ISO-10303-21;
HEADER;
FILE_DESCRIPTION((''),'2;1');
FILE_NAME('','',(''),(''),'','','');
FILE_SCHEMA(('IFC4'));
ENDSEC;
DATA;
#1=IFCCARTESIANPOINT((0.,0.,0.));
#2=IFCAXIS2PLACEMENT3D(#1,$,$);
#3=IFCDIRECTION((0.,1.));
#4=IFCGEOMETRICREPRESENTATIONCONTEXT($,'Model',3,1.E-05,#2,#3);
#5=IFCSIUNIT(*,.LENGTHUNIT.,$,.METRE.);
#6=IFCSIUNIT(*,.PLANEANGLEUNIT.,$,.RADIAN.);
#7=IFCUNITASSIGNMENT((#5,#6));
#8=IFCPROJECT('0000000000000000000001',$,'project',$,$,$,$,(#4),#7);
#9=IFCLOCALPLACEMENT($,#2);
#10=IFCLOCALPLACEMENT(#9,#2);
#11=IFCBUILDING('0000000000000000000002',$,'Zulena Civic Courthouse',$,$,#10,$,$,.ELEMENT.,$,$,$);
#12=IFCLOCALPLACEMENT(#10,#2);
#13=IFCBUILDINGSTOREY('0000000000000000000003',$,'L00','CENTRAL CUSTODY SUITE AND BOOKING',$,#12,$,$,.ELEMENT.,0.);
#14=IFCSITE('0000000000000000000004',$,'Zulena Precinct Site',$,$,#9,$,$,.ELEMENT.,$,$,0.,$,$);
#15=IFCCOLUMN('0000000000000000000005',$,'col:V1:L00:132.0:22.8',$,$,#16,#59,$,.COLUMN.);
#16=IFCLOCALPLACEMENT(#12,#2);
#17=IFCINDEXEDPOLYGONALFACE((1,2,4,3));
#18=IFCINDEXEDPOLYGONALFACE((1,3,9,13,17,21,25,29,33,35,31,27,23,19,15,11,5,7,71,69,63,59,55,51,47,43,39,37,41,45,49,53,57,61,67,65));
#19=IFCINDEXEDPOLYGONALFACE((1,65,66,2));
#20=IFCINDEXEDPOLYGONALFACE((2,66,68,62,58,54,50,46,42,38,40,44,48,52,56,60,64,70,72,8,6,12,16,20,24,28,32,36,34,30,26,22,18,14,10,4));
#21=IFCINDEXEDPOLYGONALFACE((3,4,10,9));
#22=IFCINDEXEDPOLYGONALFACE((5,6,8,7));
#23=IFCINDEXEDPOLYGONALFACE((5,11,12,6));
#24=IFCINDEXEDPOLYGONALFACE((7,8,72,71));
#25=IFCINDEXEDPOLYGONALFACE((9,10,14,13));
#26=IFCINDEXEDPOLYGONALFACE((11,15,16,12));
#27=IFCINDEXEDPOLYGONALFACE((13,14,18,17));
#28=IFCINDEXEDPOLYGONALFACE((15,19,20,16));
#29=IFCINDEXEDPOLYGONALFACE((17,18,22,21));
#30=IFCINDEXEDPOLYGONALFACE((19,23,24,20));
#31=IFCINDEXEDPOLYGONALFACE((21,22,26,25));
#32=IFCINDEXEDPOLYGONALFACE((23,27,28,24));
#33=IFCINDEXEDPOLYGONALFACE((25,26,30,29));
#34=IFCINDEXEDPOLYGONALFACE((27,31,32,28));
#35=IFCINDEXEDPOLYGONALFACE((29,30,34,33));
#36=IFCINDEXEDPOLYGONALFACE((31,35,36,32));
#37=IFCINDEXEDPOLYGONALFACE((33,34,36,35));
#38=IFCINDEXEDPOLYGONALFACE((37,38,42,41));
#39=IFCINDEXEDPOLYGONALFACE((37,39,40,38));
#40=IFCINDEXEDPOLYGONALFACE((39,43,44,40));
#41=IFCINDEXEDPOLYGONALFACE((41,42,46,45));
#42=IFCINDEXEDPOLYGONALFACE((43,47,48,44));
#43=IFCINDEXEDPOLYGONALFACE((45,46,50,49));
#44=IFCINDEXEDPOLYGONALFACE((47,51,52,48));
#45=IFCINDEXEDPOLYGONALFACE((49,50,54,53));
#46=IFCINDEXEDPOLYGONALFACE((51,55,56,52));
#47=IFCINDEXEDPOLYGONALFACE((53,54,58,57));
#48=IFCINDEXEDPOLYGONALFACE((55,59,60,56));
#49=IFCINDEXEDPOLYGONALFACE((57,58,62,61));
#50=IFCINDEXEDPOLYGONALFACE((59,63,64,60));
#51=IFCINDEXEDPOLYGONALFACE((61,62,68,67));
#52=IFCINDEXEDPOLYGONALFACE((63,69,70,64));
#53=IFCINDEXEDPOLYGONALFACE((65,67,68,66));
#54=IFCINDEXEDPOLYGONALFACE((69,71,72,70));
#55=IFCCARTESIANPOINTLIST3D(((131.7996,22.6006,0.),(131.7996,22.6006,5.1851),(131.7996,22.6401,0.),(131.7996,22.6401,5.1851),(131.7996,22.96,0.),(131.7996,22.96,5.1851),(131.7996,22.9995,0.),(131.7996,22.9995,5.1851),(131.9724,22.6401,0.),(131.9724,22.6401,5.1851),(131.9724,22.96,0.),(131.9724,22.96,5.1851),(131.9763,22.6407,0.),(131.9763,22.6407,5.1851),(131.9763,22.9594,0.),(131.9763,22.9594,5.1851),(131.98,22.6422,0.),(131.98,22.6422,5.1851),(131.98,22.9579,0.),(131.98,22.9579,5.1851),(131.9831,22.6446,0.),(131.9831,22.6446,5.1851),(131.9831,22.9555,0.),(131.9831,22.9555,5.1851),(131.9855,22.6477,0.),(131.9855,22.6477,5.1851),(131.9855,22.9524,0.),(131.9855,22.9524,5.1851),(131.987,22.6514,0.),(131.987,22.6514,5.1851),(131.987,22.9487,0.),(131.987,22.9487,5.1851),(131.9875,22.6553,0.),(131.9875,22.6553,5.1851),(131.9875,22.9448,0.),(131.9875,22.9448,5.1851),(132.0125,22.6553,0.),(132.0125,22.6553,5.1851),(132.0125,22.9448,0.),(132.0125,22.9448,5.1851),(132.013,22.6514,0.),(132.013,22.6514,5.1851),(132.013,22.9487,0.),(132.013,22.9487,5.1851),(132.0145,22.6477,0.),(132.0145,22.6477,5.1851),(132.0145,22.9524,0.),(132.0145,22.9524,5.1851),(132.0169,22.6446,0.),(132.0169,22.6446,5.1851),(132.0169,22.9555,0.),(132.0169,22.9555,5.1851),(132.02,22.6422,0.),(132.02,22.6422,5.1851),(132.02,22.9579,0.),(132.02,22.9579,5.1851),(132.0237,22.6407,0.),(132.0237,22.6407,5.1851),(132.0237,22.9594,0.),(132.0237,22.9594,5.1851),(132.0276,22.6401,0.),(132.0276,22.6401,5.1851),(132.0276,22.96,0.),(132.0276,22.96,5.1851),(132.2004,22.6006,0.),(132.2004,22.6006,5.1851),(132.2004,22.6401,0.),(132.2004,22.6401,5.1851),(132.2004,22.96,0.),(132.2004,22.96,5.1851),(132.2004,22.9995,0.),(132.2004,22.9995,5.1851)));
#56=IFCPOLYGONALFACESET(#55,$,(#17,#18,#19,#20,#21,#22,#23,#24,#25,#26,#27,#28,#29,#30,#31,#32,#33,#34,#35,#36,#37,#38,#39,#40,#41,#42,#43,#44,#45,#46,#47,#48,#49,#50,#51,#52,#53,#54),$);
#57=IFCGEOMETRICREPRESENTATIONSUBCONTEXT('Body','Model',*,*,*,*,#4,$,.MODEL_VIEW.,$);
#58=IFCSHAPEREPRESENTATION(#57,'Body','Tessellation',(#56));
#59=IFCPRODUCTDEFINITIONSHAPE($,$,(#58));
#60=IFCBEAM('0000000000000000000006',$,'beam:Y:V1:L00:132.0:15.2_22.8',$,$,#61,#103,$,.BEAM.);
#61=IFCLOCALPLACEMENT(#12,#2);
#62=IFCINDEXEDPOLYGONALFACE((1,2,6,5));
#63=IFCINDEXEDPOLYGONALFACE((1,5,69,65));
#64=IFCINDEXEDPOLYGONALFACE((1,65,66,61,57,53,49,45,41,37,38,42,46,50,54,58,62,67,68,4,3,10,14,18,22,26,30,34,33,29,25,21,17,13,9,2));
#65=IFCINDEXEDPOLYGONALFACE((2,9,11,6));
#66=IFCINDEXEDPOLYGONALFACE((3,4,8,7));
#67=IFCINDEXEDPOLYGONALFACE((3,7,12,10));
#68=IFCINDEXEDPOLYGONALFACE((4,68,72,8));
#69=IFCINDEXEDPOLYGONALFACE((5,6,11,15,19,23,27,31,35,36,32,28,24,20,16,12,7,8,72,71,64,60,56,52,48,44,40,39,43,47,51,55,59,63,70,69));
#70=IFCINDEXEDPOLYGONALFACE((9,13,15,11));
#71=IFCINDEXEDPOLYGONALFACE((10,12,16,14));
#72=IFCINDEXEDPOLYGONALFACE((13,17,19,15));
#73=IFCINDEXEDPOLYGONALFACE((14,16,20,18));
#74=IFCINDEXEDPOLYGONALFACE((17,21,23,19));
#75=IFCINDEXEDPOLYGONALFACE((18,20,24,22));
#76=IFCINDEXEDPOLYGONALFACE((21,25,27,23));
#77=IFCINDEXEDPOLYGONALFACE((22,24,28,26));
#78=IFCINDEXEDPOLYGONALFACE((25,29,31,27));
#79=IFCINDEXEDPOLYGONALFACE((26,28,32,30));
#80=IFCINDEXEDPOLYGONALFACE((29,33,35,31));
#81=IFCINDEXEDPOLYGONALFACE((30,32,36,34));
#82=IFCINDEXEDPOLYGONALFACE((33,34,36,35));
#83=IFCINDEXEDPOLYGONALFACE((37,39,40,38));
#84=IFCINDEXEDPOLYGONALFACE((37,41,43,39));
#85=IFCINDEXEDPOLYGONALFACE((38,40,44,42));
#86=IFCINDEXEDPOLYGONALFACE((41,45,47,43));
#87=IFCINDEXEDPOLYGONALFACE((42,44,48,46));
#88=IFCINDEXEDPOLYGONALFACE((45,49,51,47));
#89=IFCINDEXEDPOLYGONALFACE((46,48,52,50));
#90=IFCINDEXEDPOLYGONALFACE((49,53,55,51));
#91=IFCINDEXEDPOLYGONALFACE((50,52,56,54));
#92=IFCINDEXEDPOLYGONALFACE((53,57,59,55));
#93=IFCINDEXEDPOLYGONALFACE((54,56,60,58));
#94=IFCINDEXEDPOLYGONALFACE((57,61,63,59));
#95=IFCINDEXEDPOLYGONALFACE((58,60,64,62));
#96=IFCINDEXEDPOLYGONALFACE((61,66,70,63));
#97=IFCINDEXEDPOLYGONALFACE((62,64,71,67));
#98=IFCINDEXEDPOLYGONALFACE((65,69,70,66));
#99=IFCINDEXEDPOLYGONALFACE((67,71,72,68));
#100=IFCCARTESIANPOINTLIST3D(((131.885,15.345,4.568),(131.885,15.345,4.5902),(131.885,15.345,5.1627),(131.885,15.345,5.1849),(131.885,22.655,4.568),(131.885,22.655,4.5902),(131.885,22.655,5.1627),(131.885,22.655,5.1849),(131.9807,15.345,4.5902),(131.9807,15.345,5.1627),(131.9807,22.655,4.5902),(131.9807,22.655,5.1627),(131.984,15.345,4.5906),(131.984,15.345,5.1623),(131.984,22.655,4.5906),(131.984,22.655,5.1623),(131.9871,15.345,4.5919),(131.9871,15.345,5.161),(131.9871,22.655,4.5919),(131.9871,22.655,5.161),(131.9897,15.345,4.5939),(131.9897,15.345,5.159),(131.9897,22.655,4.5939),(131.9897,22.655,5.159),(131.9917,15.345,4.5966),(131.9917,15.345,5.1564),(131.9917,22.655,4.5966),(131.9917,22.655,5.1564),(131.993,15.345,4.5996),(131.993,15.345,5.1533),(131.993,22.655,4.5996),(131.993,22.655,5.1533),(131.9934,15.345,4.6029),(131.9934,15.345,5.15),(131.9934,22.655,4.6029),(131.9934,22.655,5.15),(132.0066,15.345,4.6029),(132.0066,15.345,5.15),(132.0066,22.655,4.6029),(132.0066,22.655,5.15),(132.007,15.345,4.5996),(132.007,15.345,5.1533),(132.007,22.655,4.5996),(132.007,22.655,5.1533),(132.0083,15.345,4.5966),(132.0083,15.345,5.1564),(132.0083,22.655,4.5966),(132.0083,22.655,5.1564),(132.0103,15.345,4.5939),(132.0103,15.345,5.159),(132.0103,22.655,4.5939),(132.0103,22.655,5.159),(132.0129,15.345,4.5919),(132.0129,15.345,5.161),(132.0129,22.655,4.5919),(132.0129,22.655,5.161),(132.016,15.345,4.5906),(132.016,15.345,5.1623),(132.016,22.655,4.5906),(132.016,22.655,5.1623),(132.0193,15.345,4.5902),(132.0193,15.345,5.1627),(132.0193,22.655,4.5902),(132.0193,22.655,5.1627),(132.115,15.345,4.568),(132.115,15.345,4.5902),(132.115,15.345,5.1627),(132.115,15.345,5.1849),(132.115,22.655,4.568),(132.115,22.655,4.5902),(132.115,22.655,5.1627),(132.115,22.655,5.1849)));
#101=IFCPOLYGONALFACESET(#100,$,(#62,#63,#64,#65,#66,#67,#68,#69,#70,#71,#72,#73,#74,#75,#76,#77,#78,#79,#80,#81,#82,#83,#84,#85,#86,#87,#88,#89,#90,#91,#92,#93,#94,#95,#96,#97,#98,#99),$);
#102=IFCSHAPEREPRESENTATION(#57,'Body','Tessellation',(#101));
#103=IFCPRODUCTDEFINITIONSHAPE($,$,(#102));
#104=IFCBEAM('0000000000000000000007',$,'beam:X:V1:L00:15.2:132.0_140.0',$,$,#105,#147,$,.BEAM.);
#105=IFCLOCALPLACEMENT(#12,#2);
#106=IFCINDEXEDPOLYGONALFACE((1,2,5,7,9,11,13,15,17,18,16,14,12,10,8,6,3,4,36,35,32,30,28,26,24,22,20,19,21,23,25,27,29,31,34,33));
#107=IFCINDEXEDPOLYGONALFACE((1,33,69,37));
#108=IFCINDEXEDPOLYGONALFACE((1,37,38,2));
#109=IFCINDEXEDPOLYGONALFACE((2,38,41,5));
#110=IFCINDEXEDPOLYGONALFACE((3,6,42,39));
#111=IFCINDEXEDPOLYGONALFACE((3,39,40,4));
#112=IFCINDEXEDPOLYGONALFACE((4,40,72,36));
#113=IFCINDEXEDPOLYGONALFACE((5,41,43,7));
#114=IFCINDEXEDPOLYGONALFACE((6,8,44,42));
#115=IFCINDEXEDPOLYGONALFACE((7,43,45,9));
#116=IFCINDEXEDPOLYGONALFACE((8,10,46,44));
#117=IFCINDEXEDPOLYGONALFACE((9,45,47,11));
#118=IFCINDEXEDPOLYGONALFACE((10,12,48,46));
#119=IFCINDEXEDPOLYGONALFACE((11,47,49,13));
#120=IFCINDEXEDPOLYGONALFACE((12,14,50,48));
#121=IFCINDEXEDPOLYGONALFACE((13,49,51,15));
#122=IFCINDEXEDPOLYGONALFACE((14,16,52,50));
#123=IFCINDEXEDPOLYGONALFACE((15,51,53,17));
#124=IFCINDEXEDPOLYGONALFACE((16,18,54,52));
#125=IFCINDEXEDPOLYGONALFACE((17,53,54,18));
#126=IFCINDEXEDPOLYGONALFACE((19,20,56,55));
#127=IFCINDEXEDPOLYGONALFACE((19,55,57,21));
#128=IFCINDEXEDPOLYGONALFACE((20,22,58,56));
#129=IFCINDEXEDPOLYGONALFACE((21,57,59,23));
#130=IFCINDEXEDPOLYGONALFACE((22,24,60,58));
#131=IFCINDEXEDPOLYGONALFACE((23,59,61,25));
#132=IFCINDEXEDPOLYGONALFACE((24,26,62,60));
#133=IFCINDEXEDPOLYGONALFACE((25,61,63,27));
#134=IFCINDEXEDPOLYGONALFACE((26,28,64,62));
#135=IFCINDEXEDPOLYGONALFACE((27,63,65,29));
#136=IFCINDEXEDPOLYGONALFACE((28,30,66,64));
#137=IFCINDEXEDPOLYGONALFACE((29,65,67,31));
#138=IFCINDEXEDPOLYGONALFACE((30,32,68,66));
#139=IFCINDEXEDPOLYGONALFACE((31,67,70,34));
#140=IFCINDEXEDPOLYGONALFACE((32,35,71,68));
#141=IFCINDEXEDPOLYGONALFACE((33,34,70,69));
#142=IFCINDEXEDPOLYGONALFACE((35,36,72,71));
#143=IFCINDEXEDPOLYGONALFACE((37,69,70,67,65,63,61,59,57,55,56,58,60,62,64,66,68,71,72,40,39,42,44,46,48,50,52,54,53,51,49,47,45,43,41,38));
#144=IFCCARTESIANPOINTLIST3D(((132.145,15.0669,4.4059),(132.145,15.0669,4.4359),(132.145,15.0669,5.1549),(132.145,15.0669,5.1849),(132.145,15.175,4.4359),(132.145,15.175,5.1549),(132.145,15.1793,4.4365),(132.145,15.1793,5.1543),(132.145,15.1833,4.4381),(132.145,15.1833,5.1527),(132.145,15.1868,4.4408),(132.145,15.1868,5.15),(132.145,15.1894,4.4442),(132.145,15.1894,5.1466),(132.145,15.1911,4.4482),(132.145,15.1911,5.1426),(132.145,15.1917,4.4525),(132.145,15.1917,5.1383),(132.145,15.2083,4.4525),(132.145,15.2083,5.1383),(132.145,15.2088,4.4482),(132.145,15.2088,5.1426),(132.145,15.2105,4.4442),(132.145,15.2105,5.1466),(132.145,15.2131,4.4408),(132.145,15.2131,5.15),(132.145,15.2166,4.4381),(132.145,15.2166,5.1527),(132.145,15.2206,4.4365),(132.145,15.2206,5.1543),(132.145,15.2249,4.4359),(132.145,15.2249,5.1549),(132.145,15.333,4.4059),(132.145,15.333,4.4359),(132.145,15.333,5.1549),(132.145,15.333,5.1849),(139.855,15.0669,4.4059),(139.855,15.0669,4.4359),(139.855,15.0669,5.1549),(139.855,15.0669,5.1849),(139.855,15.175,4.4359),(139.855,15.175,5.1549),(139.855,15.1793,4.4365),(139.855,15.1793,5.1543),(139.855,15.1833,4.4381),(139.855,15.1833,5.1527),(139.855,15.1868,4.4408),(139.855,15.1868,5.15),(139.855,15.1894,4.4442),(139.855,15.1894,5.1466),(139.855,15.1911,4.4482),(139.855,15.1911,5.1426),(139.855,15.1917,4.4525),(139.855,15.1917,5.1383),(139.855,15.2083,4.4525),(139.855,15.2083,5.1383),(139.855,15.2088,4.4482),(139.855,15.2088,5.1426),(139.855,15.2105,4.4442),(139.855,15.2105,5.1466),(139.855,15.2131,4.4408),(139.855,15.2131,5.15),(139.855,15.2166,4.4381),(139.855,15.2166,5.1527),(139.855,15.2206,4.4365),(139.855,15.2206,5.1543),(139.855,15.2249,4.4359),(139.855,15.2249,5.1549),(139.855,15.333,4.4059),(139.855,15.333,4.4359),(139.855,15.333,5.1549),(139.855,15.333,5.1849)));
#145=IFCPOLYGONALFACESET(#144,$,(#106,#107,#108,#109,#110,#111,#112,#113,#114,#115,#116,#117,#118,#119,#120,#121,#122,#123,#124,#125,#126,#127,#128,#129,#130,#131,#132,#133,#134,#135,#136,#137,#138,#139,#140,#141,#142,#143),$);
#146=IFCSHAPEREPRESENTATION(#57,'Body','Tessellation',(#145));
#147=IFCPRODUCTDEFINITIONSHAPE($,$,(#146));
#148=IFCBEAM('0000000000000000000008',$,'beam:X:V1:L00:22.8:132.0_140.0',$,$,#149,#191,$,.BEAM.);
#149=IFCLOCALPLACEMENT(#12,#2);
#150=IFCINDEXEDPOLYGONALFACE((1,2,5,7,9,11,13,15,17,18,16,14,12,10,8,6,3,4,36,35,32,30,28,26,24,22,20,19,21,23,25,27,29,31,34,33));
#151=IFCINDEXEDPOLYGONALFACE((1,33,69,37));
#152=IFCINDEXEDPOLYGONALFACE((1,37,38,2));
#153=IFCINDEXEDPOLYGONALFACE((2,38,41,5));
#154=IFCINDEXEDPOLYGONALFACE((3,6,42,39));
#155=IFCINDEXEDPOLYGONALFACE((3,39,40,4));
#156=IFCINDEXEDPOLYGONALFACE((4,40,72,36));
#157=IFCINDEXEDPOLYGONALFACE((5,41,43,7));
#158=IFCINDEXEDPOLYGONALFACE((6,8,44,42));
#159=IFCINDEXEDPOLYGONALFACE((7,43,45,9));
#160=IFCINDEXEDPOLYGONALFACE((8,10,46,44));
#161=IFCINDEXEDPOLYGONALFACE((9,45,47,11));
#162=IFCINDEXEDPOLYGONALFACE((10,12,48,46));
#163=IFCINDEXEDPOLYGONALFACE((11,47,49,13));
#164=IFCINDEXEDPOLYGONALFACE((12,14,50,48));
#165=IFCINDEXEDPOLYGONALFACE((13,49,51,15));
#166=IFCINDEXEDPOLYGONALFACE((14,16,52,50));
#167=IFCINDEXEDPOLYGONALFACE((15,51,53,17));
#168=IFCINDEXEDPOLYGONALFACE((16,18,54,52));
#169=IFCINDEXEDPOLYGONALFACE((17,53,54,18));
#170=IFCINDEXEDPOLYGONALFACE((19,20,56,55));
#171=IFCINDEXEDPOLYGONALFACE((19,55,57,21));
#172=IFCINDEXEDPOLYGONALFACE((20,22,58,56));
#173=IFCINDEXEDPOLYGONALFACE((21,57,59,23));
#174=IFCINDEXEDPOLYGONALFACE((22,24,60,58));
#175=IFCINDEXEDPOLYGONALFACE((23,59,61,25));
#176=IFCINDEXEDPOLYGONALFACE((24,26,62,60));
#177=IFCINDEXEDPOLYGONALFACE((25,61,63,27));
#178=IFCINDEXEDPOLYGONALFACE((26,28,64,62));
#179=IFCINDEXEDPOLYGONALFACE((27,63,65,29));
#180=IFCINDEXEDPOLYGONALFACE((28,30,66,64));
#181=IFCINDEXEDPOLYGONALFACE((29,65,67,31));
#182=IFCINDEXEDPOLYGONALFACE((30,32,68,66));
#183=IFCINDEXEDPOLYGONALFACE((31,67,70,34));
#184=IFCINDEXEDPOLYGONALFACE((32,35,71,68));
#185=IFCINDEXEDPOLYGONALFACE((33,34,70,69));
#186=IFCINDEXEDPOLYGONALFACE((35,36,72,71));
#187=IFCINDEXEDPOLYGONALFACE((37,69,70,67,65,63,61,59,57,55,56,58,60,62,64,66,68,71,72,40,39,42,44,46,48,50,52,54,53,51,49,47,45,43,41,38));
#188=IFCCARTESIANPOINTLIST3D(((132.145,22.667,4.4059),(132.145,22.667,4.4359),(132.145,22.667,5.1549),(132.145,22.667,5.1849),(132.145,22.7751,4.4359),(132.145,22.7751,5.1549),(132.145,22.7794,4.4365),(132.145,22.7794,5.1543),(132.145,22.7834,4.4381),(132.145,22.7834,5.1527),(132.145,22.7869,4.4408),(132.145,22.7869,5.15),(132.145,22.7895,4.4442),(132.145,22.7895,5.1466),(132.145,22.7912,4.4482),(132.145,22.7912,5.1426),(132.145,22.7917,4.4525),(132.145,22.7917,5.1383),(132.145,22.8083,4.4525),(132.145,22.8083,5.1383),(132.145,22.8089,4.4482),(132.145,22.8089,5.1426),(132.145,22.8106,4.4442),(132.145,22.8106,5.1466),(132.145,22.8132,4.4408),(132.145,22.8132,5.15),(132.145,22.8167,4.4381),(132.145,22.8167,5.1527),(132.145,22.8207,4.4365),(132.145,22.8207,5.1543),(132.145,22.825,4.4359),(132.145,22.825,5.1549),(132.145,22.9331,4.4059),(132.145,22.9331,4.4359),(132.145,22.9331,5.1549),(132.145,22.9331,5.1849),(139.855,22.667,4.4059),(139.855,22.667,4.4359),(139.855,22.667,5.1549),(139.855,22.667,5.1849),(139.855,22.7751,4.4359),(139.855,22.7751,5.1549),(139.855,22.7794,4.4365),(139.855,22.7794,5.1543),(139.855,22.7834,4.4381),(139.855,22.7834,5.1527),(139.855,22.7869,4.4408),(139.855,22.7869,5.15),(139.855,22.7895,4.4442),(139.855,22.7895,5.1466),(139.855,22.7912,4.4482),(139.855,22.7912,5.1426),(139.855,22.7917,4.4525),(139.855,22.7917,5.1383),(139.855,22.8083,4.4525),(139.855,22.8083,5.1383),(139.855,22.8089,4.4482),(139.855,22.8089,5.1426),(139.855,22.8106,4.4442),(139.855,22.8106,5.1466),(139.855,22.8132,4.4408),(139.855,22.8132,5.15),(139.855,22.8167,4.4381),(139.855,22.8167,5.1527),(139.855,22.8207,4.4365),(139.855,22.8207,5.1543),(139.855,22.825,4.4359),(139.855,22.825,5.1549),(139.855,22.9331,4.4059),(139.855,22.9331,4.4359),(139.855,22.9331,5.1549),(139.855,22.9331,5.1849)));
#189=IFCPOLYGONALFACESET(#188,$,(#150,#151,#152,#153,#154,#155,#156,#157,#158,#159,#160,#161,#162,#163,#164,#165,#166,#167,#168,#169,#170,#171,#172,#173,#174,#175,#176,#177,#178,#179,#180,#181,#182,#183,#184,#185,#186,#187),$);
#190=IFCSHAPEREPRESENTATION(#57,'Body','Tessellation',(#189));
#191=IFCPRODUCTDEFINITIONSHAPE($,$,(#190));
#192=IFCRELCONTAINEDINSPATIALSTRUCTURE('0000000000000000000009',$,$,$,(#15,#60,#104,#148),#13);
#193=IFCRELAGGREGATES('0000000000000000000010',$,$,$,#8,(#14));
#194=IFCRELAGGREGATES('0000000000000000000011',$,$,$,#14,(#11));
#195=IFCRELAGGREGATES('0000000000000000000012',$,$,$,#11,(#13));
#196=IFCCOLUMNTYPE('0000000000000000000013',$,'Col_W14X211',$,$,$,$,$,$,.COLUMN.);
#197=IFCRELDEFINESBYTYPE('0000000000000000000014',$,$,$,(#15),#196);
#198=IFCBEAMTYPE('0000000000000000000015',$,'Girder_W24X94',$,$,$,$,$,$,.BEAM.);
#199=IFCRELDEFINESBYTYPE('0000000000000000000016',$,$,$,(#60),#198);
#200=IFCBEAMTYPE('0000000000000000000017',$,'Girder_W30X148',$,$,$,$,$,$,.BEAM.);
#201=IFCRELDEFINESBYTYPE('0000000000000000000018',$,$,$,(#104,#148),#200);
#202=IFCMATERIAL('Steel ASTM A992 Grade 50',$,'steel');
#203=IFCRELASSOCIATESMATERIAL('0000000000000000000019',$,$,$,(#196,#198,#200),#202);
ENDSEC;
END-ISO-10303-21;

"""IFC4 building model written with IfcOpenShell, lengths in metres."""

from ifc_helpers import new_model, si_unit, direction, frame, origin, origin_2d, place, context, subcontext, project, spatial, i_section, extrude, material, material_profile, profile_set, type_object, element, save


model = new_model("IFC4")

# Units and contexts
model_context = context("Model", 3, precision=1e-05, world=origin(), true_north=direction((0.0, 1.0)))
body_context = subcontext(model_context, "Body", "Model", "MODEL_VIEW")
ifc_project = project(units=[si_unit("LENGTHUNIT", "METRE"), si_unit("PLANEANGLEUNIT", "RADIAN")], contexts=[model_context])

# Site, building, storey
site_placement = place(None, origin())
site = spatial("IfcSite", under=ifc_project, at=site_placement, Name="Zulena Precinct Site", CompositionType="ELEMENT", RefElevation=0.0)
building_placement = place(site_placement, origin())
building = spatial("IfcBuilding", under=site, at=building_placement, Name="Zulena Civic Courthouse", CompositionType="ELEMENT")
storey_placement = place(building_placement, origin())
storey = spatial("IfcBuildingStorey", under=building, at=storey_placement, Name="L00", Description="CENTRAL CUSTODY SUITE AND BOOKING", CompositionType="ELEMENT", Elevation=0.0)

# Column
ifc_material_1 = material(Name="Steel ASTM A992 Grade 50", Category="steel")
ifc_material_profile_1 = material_profile(ifc_material_1, i_section(OverallWidth=0.4009, OverallDepth=0.3989, WebThickness=0.0249, FlangeThickness=0.0396, FilletRadius=0.0151, at=origin_2d()), Name="W14X211")
ifc_profile_set_1 = profile_set([ifc_material_profile_1], Name="Steel ASTM A992 Grade 50")
column_type = type_object("IfcColumnType", Name="Col_W14X211", PredefinedType="COLUMN", material=ifc_profile_set_1)
column_placement = place(storey_placement, frame((132.0, 22.8, 0.0), z_axis=(0.0, 0.0, 1.0), x_axis=(1.0, 0.0, 0.0)))
element("IfcColumn", 1, at=column_placement, inside=storey, type_object=column_type, Name="col:V1:L00:132.0:22.8", PredefinedType="COLUMN", context=body_context, shape_type="SweptSolid", body=[
    extrude(i_section(OverallWidth=0.4009, OverallDepth=0.3989, WebThickness=0.0249, FlangeThickness=0.0396, FilletRadius=0.0151, at=origin_2d()), origin(), (0.0, 0.0, 1.0), 5.1851),
])

# Beams
ifc_material_profile_2 = material_profile(ifc_material_1, i_section(OverallWidth=0.23, OverallDepth=0.6169, WebThickness=0.0132, FlangeThickness=0.0222, FilletRadius=0.0127, at=origin_2d()), Name="W24X94")
ifc_profile_set_2 = profile_set([ifc_material_profile_2], Name="Steel ASTM A992 Grade 50")
beam_type_1 = type_object("IfcBeamType", Name="Girder_W24X94", PredefinedType="BEAM", material=ifc_profile_set_2)
beam_placement = place(storey_placement, frame((132.0, 15.345, 4.8765), z_axis=(0.0, 1.0, 0.0), x_axis=(-1.0, 0.0, 0.0)))
element("IfcBeam", 2, at=beam_placement, inside=storey, type_object=beam_type_1, Name="beam:Y:V1:L00:132.0:15.2_22.8", PredefinedType="BEAM", context=body_context, shape_type="SweptSolid", body=[
    extrude(i_section(OverallWidth=0.23, OverallDepth=0.6169, WebThickness=0.0132, FlangeThickness=0.0222, FilletRadius=0.0127, at=origin_2d()), origin(), (0.0, 0.0, 1.0), 7.3101),
])
ifc_material_profile_3 = material_profile(ifc_material_1, i_section(OverallWidth=0.2661, OverallDepth=0.7791, WebThickness=0.0166, FlangeThickness=0.03, FilletRadius=0.0166, at=origin_2d()), Name="W30X148")
ifc_profile_set_3 = profile_set([ifc_material_profile_3], Name="Steel ASTM A992 Grade 50")
beam_type_2 = type_object("IfcBeamType", Name="Girder_W30X148", PredefinedType="BEAM", material=ifc_profile_set_3)
for number, where, z_axis, x_axis, name in (
    (3, (132.145, 15.2, 4.7954), (1.0, 0.0, 0.0), (0.0, 1.0, 0.0), "beam:X:V1:L00:15.2:132.0_140.0"),
    (4, (132.145, 22.8, 4.7954), (1.0, 0.0, 0.0), (0.0, 1.0, 0.0), "beam:X:V1:L00:22.8:132.0_140.0"),
):
    element("IfcBeam", number, at=place(storey_placement, frame(where, z_axis=z_axis, x_axis=x_axis)), inside=storey, type_object=beam_type_2, Name=name, PredefinedType="BEAM", context=body_context, shape_type="SweptSolid", body=[
        extrude(i_section(OverallWidth=0.2661, OverallDepth=0.7791, WebThickness=0.0166, FlangeThickness=0.03, FilletRadius=0.0166, at=origin_2d()), origin(), (0.0, 0.0, 1.0), 7.71),
    ])

save(model, "model.ifc")
